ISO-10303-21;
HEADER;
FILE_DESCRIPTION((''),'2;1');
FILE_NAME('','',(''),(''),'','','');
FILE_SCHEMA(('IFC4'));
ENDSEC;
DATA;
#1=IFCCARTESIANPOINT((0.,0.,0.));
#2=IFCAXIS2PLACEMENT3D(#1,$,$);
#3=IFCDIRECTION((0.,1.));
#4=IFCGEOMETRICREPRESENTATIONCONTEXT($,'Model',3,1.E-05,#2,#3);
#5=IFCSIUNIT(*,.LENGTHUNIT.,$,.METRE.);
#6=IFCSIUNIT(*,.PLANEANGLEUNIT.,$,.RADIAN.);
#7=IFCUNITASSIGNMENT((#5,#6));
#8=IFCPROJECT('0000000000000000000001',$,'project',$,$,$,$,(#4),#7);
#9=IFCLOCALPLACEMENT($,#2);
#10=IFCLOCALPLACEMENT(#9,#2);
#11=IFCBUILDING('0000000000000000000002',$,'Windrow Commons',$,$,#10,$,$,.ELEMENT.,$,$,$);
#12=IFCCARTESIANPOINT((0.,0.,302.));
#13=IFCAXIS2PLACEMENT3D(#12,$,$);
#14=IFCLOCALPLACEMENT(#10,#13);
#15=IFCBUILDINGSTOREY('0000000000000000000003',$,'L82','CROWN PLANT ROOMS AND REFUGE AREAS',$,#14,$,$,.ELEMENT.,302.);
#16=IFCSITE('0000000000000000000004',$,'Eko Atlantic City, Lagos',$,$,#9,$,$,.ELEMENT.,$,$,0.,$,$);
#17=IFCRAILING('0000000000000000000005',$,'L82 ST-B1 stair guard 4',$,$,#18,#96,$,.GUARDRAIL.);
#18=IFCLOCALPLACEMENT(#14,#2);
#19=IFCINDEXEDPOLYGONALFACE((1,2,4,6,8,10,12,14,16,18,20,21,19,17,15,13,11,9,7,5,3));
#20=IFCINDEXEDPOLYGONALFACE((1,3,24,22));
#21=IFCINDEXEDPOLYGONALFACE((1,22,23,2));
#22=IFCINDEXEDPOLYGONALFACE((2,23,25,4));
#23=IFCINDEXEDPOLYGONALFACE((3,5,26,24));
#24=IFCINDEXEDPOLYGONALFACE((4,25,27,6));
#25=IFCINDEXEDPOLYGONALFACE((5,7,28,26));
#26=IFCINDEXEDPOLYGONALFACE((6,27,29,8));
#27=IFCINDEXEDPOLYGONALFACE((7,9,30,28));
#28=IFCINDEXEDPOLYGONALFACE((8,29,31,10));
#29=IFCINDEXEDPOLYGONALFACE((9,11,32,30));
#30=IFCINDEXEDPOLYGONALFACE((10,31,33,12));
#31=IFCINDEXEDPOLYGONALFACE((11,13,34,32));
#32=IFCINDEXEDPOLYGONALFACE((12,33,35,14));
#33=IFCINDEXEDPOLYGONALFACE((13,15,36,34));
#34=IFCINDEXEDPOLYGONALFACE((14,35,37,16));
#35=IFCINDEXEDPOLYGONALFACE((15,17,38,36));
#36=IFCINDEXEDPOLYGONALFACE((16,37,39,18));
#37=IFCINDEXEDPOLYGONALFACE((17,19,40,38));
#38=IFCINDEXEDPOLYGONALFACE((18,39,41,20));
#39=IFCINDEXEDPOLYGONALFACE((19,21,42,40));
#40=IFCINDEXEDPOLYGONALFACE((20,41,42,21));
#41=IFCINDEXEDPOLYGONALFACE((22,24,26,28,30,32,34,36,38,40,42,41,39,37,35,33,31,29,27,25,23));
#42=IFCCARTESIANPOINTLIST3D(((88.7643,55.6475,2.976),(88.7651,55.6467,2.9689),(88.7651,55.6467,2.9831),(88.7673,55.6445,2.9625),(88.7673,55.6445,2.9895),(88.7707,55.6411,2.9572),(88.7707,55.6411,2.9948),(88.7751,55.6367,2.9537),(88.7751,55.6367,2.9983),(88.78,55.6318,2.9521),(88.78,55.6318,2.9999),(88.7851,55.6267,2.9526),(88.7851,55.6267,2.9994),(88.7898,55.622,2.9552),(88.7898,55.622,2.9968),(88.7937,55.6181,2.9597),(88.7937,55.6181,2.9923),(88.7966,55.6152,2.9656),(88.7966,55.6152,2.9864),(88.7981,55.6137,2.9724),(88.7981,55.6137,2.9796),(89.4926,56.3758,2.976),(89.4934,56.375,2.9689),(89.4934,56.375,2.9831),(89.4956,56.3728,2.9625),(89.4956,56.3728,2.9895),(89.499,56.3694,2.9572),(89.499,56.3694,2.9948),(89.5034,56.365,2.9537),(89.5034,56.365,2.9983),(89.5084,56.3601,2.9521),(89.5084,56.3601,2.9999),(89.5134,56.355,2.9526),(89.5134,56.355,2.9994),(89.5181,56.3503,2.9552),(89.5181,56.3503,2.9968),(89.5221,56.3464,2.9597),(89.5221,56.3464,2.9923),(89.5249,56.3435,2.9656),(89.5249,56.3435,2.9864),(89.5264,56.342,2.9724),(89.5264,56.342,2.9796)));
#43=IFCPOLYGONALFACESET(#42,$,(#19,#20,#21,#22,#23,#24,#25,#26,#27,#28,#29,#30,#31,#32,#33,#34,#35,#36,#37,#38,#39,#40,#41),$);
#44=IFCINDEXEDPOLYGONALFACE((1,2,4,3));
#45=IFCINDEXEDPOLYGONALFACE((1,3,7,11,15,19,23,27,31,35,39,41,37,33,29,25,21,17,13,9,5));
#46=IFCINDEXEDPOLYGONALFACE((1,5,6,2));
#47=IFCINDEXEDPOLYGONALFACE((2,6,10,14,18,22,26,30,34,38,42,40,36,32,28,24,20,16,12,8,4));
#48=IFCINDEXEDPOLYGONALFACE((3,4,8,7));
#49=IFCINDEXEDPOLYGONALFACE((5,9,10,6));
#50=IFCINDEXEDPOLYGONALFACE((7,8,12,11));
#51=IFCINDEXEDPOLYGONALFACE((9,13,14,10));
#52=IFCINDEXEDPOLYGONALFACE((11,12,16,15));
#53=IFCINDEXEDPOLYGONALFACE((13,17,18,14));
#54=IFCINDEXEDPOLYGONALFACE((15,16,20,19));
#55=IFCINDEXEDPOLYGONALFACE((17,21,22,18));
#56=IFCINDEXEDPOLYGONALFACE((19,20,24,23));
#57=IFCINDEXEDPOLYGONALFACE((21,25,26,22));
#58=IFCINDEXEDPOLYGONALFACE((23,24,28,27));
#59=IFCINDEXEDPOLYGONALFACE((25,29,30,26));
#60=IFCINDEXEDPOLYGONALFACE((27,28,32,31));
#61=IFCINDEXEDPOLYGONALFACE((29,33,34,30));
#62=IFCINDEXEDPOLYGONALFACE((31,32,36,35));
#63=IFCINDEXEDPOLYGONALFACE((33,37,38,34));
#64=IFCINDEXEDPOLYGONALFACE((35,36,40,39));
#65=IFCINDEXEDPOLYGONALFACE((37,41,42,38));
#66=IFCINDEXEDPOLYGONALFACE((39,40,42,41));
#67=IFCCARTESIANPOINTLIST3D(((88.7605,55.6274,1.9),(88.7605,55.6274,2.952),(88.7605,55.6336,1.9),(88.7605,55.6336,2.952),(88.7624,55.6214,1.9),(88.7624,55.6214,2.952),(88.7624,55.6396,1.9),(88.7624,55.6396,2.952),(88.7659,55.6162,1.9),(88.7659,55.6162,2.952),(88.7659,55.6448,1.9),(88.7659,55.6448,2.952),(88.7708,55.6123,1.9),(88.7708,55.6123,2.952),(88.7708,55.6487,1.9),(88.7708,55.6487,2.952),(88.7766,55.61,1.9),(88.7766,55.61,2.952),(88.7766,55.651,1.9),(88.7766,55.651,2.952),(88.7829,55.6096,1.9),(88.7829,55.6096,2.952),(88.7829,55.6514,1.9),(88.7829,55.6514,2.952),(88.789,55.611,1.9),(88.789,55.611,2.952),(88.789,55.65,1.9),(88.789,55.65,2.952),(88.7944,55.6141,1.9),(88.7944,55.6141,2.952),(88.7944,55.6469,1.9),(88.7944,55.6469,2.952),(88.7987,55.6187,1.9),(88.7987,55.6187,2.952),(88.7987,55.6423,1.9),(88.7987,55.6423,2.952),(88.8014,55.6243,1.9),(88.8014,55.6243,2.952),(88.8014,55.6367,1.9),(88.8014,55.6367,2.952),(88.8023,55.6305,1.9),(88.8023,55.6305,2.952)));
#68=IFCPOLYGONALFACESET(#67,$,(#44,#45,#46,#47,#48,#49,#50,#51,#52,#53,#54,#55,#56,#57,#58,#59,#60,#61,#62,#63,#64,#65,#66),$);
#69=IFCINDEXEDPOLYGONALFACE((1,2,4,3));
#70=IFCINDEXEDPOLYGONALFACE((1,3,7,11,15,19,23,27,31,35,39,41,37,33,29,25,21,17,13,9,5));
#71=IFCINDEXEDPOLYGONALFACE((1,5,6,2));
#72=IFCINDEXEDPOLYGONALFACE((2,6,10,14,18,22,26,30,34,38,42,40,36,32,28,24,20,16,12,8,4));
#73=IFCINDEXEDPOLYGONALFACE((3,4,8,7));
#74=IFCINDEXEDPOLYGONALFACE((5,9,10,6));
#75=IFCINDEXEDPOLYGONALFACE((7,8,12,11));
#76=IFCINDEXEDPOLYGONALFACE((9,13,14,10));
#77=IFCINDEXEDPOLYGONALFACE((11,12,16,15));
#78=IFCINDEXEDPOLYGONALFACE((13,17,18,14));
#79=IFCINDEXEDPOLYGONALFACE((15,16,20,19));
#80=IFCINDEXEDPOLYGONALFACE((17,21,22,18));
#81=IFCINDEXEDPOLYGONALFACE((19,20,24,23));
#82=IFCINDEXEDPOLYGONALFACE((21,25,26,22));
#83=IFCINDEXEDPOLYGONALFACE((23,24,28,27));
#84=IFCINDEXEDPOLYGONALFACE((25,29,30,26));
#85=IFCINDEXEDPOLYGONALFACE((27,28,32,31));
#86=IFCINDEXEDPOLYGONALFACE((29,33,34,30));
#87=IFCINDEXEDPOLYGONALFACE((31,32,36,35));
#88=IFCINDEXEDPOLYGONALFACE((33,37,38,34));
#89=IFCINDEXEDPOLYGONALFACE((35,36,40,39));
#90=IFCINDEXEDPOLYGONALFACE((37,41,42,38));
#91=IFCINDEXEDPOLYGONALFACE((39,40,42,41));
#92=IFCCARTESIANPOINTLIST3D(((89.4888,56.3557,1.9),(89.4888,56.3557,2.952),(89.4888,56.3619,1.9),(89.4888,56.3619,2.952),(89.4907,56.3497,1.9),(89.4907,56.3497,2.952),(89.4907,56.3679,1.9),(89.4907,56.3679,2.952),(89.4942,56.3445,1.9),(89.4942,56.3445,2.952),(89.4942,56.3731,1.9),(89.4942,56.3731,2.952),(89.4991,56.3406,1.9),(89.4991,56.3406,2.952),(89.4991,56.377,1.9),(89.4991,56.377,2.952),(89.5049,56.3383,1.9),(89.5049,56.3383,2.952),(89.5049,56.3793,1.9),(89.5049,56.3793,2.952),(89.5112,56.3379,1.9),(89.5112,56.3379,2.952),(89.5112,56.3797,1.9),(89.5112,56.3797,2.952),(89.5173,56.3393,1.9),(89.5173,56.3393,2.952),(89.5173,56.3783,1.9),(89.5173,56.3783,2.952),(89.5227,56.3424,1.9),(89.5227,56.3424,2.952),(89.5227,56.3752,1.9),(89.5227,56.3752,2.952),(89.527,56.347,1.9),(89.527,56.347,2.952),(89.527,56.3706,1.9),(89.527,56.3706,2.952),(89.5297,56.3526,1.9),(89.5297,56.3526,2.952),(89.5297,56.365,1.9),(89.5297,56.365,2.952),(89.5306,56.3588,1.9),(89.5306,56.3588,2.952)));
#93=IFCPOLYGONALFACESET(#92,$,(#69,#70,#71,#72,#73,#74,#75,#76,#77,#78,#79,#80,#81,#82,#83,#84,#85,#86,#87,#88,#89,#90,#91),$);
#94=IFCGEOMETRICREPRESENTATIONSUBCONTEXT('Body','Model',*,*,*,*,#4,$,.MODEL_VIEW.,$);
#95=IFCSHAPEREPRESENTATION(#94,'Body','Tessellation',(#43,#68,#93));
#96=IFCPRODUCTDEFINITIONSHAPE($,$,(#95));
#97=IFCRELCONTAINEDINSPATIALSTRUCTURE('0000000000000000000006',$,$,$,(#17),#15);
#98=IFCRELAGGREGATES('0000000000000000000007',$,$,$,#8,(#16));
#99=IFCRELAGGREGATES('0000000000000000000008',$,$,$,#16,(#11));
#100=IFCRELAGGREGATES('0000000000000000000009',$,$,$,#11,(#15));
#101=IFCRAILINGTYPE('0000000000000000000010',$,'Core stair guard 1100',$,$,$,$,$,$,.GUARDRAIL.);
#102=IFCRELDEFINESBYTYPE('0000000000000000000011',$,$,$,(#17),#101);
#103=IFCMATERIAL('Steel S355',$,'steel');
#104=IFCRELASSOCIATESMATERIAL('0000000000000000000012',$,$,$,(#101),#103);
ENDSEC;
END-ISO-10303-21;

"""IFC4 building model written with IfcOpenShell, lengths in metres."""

from ifc_helpers import new_model, si_unit, direction, frame, origin, origin_2d, place, context, subcontext, project, spatial, circle, extrude, material, type_object, element, save


model = new_model("IFC4")

# Units and contexts
model_context = context("Model", 3, precision=1e-05, world=origin(), true_north=direction((0.0, 1.0)))
body_context = subcontext(model_context, "Body", "Model", "MODEL_VIEW")
ifc_project = project(units=[si_unit("LENGTHUNIT", "METRE"), si_unit("PLANEANGLEUNIT", "RADIAN")], contexts=[model_context])

# Site, building, storey
site_placement = place(None, origin())
site = spatial("IfcSite", under=ifc_project, at=site_placement, Name="Eko Atlantic City, Lagos", CompositionType="ELEMENT", RefElevation=0.0)
building_placement = place(site_placement, origin())
building = spatial("IfcBuilding", under=site, at=building_placement, Name="Windrow Commons", CompositionType="ELEMENT")
storey_placement = place(building_placement, frame((0.0, 0.0, 302.0)))
storey = spatial("IfcBuildingStorey", under=building, at=storey_placement, Name="L82", Description="CROWN PLANT ROOMS AND REFUGE AREAS", CompositionType="ELEMENT", Elevation=302.0)

# Railing
ifc_material_1 = material(Name="Steel S355", Category="steel")
railing_type_1 = type_object("IfcRailingType", Name="Core stair guard 1100", PredefinedType="GUARDRAIL", material=ifc_material_1)
railing_1_placement = place(storey_placement, frame((88.7813, 55.6305, 1.9)))
element("IfcRailing", 1, at=railing_1_placement, inside=storey, type_object=railing_type_1, Name="L82 ST-B1 stair guard 4", PredefinedType="GUARDRAIL", context=body_context, shape_type="SweptSolid", body=[
    extrude(circle(Radius=0.024, at=origin_2d()), frame((0.0, 0.0, 1.076), z_axis=(0.707107, 0.707107, 0.0), x_axis=(-0.707107, 0.707107, 0.0)), (0.0, 0.0, 1.0), 1.03),
    extrude(circle(Radius=0.021, at=origin_2d()), origin(), (0.0, 0.0, 1.0), 1.052),
    extrude(circle(Radius=0.021, at=origin_2d()), frame((0.7283, 0.7283, 0.0)), (0.0, 0.0, 1.0), 1.052),
])

save(model, "model.ifc")
